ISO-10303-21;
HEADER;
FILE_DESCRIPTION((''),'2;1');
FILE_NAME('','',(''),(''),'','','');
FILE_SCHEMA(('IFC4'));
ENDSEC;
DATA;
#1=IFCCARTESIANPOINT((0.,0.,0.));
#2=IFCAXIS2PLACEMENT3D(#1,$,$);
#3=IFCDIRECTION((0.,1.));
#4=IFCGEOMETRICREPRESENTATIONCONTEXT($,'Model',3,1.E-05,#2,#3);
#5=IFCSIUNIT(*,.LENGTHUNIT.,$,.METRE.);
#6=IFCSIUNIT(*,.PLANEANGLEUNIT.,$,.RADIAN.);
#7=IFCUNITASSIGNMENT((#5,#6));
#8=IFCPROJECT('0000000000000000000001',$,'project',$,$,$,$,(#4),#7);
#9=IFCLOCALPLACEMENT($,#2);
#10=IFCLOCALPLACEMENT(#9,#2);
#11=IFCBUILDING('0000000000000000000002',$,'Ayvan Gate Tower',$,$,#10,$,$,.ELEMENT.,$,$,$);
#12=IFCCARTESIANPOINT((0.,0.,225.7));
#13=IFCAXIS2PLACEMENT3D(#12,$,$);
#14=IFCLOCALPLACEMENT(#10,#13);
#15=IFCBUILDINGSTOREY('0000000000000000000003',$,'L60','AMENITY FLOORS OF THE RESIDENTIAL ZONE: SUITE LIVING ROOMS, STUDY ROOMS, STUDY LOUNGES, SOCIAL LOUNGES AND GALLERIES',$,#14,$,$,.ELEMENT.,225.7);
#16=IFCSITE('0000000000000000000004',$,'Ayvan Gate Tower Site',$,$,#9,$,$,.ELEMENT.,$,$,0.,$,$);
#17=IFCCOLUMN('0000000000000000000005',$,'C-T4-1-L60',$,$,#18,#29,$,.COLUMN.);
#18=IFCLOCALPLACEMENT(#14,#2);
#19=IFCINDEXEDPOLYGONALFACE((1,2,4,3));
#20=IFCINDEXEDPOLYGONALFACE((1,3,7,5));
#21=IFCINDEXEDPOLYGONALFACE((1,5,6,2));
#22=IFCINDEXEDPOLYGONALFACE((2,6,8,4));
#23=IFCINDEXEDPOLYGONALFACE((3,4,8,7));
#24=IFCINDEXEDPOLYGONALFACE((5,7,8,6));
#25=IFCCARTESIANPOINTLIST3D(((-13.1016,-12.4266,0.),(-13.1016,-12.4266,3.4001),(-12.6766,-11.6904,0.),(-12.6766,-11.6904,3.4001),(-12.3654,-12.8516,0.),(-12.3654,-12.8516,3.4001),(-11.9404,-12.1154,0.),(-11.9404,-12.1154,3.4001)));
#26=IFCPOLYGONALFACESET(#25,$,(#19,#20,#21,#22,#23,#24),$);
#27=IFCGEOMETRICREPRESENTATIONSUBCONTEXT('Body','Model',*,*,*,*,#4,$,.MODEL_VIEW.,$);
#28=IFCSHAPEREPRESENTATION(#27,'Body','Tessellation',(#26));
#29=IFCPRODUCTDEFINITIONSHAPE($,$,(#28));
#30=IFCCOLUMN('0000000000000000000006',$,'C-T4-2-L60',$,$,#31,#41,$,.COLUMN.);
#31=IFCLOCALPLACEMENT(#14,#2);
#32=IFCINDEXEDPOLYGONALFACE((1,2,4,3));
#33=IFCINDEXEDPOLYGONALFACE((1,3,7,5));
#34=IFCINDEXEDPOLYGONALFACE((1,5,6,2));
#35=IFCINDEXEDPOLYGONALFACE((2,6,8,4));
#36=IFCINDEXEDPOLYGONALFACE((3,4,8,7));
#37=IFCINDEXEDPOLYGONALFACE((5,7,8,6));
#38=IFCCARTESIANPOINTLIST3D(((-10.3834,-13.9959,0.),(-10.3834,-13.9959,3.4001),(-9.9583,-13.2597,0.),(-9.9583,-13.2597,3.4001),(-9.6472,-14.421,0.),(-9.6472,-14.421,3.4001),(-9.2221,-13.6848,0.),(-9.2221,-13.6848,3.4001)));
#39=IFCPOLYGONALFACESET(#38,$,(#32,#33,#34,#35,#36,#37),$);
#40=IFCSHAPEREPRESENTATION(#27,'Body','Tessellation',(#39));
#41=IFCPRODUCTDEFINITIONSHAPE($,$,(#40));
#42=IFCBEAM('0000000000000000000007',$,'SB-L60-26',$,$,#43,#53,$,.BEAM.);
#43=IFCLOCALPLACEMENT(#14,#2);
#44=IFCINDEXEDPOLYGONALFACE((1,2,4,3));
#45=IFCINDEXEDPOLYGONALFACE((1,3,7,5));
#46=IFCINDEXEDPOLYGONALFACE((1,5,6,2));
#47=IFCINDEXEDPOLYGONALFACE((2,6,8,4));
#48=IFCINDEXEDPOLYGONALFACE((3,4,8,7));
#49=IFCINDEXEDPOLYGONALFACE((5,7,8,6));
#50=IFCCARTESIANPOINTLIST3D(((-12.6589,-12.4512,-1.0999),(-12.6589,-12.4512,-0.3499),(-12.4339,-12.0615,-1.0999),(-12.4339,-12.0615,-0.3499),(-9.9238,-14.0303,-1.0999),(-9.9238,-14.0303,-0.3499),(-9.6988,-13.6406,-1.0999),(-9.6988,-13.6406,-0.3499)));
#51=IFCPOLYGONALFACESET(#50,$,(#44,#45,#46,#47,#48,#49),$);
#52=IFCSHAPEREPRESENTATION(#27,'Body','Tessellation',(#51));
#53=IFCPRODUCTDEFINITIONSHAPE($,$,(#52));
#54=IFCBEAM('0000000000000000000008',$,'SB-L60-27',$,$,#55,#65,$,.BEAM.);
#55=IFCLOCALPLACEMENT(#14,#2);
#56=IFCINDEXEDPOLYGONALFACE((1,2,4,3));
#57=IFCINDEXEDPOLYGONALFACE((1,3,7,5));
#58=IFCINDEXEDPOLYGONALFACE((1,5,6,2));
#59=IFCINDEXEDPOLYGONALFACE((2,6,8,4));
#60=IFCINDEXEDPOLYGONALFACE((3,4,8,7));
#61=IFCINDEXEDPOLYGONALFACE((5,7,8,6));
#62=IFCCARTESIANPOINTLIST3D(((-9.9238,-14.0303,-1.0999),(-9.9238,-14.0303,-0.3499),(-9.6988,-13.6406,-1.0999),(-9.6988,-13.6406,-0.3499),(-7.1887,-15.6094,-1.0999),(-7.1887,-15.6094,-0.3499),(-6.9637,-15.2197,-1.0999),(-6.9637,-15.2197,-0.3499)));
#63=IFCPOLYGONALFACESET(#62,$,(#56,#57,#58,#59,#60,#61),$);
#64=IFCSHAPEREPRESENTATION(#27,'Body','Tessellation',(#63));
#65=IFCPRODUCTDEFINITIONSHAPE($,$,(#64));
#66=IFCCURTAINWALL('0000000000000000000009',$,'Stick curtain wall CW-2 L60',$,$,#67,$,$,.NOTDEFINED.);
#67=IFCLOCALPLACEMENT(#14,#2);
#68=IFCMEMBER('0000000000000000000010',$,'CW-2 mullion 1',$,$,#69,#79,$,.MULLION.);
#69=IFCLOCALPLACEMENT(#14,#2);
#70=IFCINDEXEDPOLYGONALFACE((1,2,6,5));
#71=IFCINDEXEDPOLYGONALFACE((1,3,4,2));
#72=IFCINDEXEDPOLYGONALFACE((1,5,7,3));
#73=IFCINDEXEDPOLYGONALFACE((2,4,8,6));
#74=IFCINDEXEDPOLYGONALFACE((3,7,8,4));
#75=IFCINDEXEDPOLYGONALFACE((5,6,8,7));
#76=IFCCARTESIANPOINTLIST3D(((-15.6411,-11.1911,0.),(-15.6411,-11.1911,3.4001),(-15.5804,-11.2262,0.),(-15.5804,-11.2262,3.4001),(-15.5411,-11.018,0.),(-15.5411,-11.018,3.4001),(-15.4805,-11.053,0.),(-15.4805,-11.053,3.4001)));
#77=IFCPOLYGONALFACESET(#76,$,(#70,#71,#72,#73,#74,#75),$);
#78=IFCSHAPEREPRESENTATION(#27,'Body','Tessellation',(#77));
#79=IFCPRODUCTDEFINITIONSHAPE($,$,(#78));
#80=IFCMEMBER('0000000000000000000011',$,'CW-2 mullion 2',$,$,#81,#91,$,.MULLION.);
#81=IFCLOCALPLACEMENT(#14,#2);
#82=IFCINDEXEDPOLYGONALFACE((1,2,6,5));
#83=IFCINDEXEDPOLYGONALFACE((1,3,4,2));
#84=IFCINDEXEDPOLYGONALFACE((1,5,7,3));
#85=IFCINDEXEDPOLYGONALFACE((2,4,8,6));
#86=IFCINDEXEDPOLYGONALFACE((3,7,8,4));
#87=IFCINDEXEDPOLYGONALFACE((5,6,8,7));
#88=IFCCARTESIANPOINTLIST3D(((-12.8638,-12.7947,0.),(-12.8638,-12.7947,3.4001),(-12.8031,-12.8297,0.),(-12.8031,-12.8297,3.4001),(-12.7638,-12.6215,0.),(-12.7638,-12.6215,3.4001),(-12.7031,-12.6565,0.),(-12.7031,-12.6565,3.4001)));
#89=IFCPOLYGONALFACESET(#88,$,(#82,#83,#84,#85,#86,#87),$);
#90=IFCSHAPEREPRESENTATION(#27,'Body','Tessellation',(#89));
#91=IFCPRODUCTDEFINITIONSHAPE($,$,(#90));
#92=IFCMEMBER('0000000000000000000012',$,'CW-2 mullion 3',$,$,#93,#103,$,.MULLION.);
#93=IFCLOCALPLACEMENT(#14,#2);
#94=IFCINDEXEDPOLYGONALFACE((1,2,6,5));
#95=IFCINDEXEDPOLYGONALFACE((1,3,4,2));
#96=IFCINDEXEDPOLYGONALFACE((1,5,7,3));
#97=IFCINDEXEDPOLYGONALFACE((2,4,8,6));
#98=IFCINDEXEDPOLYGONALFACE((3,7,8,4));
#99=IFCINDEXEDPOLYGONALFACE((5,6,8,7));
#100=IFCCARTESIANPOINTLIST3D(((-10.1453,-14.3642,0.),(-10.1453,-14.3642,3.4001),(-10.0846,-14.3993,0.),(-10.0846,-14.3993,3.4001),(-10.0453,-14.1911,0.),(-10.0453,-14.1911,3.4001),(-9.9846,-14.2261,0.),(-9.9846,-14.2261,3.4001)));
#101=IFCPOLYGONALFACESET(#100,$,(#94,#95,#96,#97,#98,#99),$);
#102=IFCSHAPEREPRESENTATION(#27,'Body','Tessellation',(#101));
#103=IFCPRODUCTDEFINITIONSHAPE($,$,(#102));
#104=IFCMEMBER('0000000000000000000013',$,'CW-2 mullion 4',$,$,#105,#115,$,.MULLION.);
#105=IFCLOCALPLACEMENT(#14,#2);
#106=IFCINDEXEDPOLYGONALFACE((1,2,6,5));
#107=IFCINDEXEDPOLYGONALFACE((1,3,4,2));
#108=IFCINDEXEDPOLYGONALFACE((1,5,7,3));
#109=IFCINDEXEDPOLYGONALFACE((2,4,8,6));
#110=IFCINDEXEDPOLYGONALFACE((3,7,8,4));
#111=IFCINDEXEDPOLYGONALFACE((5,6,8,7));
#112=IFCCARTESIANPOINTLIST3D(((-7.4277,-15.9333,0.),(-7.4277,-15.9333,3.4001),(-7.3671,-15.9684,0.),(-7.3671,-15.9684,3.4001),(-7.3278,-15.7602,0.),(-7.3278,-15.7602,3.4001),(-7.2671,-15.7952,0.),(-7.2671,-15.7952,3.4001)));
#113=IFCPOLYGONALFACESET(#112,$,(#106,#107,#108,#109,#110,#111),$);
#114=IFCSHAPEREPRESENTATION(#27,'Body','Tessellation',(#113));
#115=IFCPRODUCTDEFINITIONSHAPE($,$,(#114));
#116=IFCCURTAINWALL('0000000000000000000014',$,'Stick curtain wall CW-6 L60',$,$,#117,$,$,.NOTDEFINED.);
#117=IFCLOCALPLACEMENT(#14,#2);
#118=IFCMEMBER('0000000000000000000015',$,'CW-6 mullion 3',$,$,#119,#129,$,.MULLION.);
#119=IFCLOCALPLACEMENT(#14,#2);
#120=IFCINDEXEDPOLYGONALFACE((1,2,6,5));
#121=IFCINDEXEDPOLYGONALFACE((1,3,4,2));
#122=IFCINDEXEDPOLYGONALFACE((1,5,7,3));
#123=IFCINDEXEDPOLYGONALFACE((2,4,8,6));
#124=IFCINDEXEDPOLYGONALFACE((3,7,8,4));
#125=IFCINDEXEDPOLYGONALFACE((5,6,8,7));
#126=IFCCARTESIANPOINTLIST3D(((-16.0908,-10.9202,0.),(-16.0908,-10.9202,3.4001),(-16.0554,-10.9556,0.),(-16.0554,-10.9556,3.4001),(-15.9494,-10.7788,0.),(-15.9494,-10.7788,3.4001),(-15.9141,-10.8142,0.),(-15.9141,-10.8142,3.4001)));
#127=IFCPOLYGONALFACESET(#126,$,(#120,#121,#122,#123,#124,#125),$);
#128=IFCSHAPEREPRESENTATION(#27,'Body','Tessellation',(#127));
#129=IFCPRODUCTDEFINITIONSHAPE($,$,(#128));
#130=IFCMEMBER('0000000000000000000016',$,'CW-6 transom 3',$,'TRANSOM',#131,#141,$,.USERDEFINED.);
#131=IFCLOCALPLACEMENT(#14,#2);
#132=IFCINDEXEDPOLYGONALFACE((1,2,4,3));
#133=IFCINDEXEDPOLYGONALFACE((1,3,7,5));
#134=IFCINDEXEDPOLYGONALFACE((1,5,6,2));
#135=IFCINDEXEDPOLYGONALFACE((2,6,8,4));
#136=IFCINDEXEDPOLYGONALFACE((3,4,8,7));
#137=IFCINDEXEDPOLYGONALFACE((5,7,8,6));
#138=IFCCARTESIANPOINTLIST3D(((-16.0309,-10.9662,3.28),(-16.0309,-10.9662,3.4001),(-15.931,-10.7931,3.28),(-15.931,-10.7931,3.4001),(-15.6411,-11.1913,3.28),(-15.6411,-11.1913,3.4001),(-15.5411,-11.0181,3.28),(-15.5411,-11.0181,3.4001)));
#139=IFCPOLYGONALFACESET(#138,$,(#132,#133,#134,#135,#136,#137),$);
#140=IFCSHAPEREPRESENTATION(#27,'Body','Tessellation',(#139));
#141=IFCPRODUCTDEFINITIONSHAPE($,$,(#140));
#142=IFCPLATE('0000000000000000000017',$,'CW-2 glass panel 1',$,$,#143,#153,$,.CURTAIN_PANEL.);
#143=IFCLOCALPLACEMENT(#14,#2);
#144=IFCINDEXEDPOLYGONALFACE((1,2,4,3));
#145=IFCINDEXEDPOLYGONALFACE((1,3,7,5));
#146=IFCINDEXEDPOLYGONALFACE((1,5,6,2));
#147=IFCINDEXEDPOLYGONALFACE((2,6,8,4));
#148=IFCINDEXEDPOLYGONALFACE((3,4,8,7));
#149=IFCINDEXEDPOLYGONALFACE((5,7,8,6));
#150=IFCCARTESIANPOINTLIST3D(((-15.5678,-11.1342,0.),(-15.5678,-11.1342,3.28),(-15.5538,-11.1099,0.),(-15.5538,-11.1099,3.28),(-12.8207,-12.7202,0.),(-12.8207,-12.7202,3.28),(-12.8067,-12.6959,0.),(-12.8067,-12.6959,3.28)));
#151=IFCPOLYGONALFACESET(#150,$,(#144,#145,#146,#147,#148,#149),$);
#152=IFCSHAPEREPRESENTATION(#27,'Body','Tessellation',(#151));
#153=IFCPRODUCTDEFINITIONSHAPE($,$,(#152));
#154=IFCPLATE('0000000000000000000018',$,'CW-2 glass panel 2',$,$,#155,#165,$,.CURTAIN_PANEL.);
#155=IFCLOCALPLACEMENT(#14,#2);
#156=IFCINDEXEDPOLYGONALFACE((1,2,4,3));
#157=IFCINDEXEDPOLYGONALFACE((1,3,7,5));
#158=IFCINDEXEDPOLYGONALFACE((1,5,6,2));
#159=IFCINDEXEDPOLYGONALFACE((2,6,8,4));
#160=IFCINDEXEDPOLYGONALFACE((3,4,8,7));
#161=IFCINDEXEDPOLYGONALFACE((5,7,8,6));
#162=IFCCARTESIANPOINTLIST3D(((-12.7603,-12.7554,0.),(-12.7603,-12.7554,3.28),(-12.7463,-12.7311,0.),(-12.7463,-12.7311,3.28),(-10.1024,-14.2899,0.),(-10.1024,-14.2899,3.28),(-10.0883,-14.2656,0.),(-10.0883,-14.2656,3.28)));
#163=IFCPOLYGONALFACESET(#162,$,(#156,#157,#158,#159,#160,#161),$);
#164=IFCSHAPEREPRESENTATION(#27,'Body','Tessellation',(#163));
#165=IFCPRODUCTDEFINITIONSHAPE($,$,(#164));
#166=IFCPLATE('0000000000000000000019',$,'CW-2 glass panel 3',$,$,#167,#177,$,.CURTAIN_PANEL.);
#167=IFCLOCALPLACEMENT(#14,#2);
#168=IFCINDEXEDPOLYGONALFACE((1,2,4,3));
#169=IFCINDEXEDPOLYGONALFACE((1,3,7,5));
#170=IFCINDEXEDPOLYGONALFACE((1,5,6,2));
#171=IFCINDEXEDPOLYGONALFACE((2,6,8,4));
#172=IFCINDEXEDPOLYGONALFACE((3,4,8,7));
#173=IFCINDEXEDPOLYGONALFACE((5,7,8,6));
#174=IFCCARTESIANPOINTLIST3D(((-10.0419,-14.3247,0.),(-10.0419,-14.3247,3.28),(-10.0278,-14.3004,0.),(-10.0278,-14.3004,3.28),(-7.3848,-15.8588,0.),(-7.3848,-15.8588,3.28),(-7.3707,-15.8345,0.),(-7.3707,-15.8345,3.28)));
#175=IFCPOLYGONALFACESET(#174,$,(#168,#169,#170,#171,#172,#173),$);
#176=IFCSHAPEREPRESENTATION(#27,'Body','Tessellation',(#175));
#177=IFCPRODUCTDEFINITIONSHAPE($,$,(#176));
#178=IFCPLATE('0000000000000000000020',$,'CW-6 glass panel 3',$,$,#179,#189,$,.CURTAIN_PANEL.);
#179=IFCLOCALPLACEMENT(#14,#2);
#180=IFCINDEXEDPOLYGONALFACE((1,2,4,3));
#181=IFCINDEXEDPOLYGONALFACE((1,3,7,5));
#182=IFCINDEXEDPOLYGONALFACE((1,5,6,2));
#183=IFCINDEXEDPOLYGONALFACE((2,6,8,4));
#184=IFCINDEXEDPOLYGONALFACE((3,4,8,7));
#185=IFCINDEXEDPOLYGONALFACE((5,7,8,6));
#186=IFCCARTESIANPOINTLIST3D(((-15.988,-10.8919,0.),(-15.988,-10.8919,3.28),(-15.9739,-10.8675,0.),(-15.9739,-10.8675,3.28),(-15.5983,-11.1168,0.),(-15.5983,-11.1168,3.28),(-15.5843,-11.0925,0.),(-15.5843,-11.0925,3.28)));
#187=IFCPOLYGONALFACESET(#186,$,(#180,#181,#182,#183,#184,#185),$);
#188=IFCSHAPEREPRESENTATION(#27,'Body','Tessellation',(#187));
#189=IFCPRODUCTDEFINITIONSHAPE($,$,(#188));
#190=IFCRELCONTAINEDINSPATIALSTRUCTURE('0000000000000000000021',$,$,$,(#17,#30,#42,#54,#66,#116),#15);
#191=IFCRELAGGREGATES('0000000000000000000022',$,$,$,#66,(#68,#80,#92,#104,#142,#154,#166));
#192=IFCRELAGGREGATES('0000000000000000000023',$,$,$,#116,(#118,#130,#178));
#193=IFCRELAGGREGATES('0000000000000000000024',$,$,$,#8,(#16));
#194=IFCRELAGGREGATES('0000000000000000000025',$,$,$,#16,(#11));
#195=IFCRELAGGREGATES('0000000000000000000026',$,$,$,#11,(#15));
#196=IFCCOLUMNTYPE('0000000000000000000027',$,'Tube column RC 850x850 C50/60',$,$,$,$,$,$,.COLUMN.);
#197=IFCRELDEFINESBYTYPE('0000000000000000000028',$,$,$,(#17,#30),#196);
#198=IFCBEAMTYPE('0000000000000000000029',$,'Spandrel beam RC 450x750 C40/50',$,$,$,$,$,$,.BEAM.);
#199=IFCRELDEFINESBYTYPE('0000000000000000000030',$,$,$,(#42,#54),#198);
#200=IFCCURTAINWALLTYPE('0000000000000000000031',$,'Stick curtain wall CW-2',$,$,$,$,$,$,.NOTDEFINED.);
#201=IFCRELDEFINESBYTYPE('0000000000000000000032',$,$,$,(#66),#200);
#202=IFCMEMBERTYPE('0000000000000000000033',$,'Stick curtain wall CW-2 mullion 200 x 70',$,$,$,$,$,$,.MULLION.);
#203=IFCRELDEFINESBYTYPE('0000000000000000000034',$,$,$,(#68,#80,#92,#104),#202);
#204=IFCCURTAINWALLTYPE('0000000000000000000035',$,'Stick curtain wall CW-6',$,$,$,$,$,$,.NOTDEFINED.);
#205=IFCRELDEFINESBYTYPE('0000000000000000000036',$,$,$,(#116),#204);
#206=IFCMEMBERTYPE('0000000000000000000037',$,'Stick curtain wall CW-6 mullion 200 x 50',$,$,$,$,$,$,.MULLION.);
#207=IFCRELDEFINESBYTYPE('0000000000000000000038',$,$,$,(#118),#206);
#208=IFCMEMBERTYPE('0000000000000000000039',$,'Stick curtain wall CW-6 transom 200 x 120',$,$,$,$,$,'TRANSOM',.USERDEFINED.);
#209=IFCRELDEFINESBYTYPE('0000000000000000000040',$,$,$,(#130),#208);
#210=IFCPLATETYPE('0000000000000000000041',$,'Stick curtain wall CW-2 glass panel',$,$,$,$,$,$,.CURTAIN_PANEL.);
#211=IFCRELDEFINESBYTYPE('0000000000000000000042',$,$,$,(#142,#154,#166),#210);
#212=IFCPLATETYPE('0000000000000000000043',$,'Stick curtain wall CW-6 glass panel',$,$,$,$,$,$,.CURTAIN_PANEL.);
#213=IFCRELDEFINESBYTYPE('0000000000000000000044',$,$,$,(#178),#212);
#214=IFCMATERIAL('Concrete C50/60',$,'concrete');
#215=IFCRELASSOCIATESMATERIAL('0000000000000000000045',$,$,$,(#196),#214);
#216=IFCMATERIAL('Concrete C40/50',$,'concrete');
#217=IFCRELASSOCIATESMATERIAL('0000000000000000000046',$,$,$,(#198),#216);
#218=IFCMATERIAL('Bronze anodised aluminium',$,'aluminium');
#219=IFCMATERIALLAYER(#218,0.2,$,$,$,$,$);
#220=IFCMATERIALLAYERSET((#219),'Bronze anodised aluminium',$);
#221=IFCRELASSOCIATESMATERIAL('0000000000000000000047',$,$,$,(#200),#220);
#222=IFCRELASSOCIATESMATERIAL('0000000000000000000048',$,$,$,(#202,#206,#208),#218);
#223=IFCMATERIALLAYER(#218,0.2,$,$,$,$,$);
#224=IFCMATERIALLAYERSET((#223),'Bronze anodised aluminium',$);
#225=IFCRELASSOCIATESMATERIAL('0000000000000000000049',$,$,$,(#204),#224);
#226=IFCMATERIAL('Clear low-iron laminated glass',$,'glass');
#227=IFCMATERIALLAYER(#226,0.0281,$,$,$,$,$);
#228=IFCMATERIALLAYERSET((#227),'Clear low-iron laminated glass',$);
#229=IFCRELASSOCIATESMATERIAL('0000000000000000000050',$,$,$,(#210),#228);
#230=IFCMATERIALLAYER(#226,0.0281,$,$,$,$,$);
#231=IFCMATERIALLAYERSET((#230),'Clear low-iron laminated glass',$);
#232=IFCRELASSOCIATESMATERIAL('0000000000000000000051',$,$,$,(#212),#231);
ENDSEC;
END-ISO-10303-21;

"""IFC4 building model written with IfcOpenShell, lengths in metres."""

from ifc_helpers import new_model, si_unit, direction, frame, origin, origin_2d, place, context, subcontext, project, spatial, rectangle, extrude, material, layer, layer_set, material_profile, profile_set, type_object, element, aggregate, save


model = new_model("IFC4")

# Units and contexts
model_context = context("Model", 3, precision=1e-05, world=origin(), true_north=direction((0.0, 1.0)))
body_context = subcontext(model_context, "Body", "Model", "MODEL_VIEW")
ifc_project = project(units=[si_unit("LENGTHUNIT", "METRE"), si_unit("PLANEANGLEUNIT", "RADIAN")], contexts=[model_context])

# Site, building, storey
site_placement = place(None, origin())
site = spatial("IfcSite", under=ifc_project, at=site_placement, Name="Ayvan Gate Tower Site", CompositionType="ELEMENT", RefElevation=0.0)
building_placement = place(site_placement, origin())
building = spatial("IfcBuilding", under=site, at=building_placement, Name="Ayvan Gate Tower", CompositionType="ELEMENT")
storey_placement = place(building_placement, frame((0.0, 0.0, 225.7)))
storey = spatial("IfcBuildingStorey", under=building, at=storey_placement, Name="L60", Description="AMENITY FLOORS OF THE RESIDENTIAL ZONE: SUITE LIVING ROOMS, STUDY ROOMS, STUDY LOUNGES, SOCIAL LOUNGES AND GALLERIES", CompositionType="ELEMENT", Elevation=225.7)

# Columns
ifc_material_1 = material(Name="Concrete C50/60", Category="concrete")
ifc_material_profile_1 = material_profile(ifc_material_1, rectangle(XDim=0.8501, YDim=0.8501, at=origin_2d()), Name="RC 850x850")
ifc_profile_set_1 = profile_set([ifc_material_profile_1], Name="Concrete C50/60")
column_type = type_object("IfcColumnType", Name="Tube column RC 850x850 C50/60", PredefinedType="COLUMN", material=ifc_profile_set_1)
for number, where, z_axis, x_axis, name in (
    (1, (-12.521, -12.271, 0.0), (0.0, 0.0, 1.0), (-0.5, -0.866025, 0.0), "C-T4-1-L60"),
    (2, (-9.8027, -13.8403, 0.0), (0.0, 0.0, 1.0), (-0.5, -0.866025, 0.0), "C-T4-2-L60"),
):
    element("IfcColumn", number, at=place(storey_placement, frame(where, z_axis=z_axis, x_axis=x_axis)), inside=storey, type_object=column_type, Name=name, PredefinedType="COLUMN", context=body_context, shape_type="SweptSolid", body=[
        extrude(rectangle(XDim=0.8501, YDim=0.8501, at=origin_2d()), origin(), (0.0, 0.0, 1.0), 3.4001),
    ])

# Beams
ifc_material_2 = material(Name="Concrete C40/50", Category="concrete")
ifc_material_profile_2 = material_profile(ifc_material_2, rectangle(XDim=0.45, YDim=0.75, at=origin_2d()), Name="RC 450x750")
ifc_profile_set_2 = profile_set([ifc_material_profile_2], Name="Concrete C40/50")
beam_type = type_object("IfcBeamType", Name="Spandrel beam RC 450x750 C40/50", PredefinedType="BEAM", material=ifc_profile_set_2)
for number, where, z_axis, x_axis, name in (
    (3, (-12.5464, -12.2563, -0.7249), (0.866027, -0.499997, 0.0), (0.499997, 0.866027, 0.0), "SB-L60-26"),
    (4, (-9.8113, -13.8354, -0.7249), (0.866027, -0.499997, 0.0), (0.499997, 0.866027, 0.0), "SB-L60-27"),
):
    element("IfcBeam", number, at=place(storey_placement, frame(where, z_axis=z_axis, x_axis=x_axis)), inside=storey, type_object=beam_type, Name=name, PredefinedType="BEAM", context=body_context, shape_type="SweptSolid", body=[
        extrude(rectangle(XDim=0.45, YDim=0.75, at=origin_2d()), origin(), (0.0, 0.0, 1.0), 3.1582),
    ])

# Curtain walls, members
ifc_material_3 = material(Name="Bronze anodised aluminium", Category="aluminium")
ifc_layer_1 = layer(ifc_material_3, 0.2)
ifc_layer_set_1 = layer_set([ifc_layer_1], Name="Bronze anodised aluminium")
curtain_wall_type_1 = type_object("IfcCurtainWallType", Name="Stick curtain wall CW-2", PredefinedType="NOTDEFINED", material=ifc_layer_set_1)
curtain_wall_1_placement = place(storey_placement, origin())
curtain_wall_1 = element("IfcCurtainWall", 5, at=curtain_wall_1_placement, inside=storey, type_object=curtain_wall_type_1, Name="Stick curtain wall CW-2 L60", PredefinedType="NOTDEFINED")
ifc_material_profile_3 = material_profile(ifc_material_3, rectangle(XDim=0.2, YDim=0.0701, at=origin_2d()), Name="Stick curtain wall CW-2 mullion 200 x 70")
ifc_profile_set_3 = profile_set([ifc_material_profile_3], Name="Bronze anodised aluminium")
member_type_1 = type_object("IfcMemberType", Name="Stick curtain wall CW-2 mullion 200 x 70", PredefinedType="MULLION", material=ifc_profile_set_3)
member_1_placement = place(storey_placement, frame((-15.5608, -11.1221, 0.0), z_axis=(0.0, 0.0, 1.0), x_axis=(-0.5, -0.866025, 0.0)))
member_1 = element("IfcMember", 6, at=member_1_placement, type_object=member_type_1, Name="CW-2 mullion 1", PredefinedType="MULLION", context=body_context, shape_type="SweptSolid", body=[
    extrude(rectangle(XDim=0.2, YDim=0.0701, at=origin_2d()), origin(), (0.0, 0.0, 1.0), 3.4001),
])
member_2_placement = place(storey_placement, frame((-12.7834, -12.7256, 0.0), z_axis=(0.0, 0.0, 1.0), x_axis=(-0.5, -0.866025, 0.0)))
member_2 = element("IfcMember", 7, at=member_2_placement, type_object=member_type_1, Name="CW-2 mullion 2", PredefinedType="MULLION", context=body_context, shape_type="SweptSolid", body=[
    extrude(rectangle(XDim=0.2, YDim=0.0701, at=origin_2d()), origin(), (0.0, 0.0, 1.0), 3.4001),
])
member_3_placement = place(storey_placement, frame((-10.0649, -14.2952, 0.0), z_axis=(0.0, 0.0, 1.0), x_axis=(-0.5, -0.866025, 0.0)))
member_3 = element("IfcMember", 8, at=member_3_placement, type_object=member_type_1, Name="CW-2 mullion 3", PredefinedType="MULLION", context=body_context, shape_type="SweptSolid", body=[
    extrude(rectangle(XDim=0.2, YDim=0.0701, at=origin_2d()), origin(), (0.0, 0.0, 1.0), 3.4001),
])
member_4_placement = place(storey_placement, frame((-7.3474, -15.8643, 0.0), z_axis=(0.0, 0.0, 1.0), x_axis=(-0.5, -0.866025, 0.0)))
member_4 = element("IfcMember", 9, at=member_4_placement, type_object=member_type_1, Name="CW-2 mullion 4", PredefinedType="MULLION", context=body_context, shape_type="SweptSolid", body=[
    extrude(rectangle(XDim=0.2, YDim=0.0701, at=origin_2d()), origin(), (0.0, 0.0, 1.0), 3.4001),
])
ifc_layer_2 = layer(ifc_material_3, 0.2)
ifc_layer_set_2 = layer_set([ifc_layer_2], Name="Bronze anodised aluminium")
curtain_wall_type_2 = type_object("IfcCurtainWallType", Name="Stick curtain wall CW-6", PredefinedType="NOTDEFINED", material=ifc_layer_set_2)
curtain_wall_2_placement = place(storey_placement, origin())
curtain_wall_2 = element("IfcCurtainWall", 10, at=curtain_wall_2_placement, inside=storey, type_object=curtain_wall_type_2, Name="Stick curtain wall CW-6 L60", PredefinedType="NOTDEFINED")
ifc_material_profile_4 = material_profile(ifc_material_3, rectangle(XDim=0.2, YDim=0.05, at=origin_2d()), Name="Stick curtain wall CW-6 mullion 200 x 50")
ifc_profile_set_4 = profile_set([ifc_material_profile_4], Name="Bronze anodised aluminium")
member_type_2 = type_object("IfcMemberType", Name="Stick curtain wall CW-6 mullion 200 x 50", PredefinedType="MULLION", material=ifc_profile_set_4)
member_5_placement = place(storey_placement, frame((-16.0024, -10.8672, 0.0), z_axis=(0.0, 0.0, 1.0), x_axis=(-0.707107, -0.707107, 0.0)))
member_5 = element("IfcMember", 11, at=member_5_placement, type_object=member_type_2, Name="CW-6 mullion 3", PredefinedType="MULLION", context=body_context, shape_type="SweptSolid", body=[
    extrude(rectangle(XDim=0.2, YDim=0.05, at=origin_2d()), origin(), (0.0, 0.0, 1.0), 3.4001),
])
ifc_material_profile_5 = material_profile(ifc_material_3, rectangle(XDim=0.2, YDim=0.1201, at=origin_2d()), Name="Stick curtain wall CW-6 transom 200 x 120")
ifc_profile_set_5 = profile_set([ifc_material_profile_5], Name="Bronze anodised aluminium")
member_type_3 = type_object("IfcMemberType", Name="Stick curtain wall CW-6 transom 200 x 120", ElementType="TRANSOM", PredefinedType="USERDEFINED", material=ifc_profile_set_5)
member_6_placement = place(storey_placement, frame((-15.981, -10.8796, 3.3401), z_axis=(0.866032, -0.499988, 0.0), x_axis=(0.499988, 0.866032, 0.0)))
member_6 = element("IfcMember", 12, at=member_6_placement, type_object=member_type_3, Name="CW-6 transom 3", ObjectType="TRANSOM", PredefinedType="USERDEFINED", context=body_context, shape_type="SweptSolid", body=[
    extrude(rectangle(XDim=0.2, YDim=0.1201, at=origin_2d()), origin(), (0.0, 0.0, 1.0), 0.4502),
])

# Plates
ifc_material_4 = material(Name="Clear low-iron laminated glass", Category="glass")
ifc_layer_3 = layer(ifc_material_4, 0.0281)
ifc_layer_set_3 = layer_set([ifc_layer_3], Name="Clear low-iron laminated glass")
plate_type_1 = type_object("IfcPlateType", Name="Stick curtain wall CW-2 glass panel", PredefinedType="CURTAIN_PANEL", material=ifc_layer_set_3)
plate_1_placement = place(storey_placement, frame((-14.1873, -11.915, 0.0), z_axis=(0.0, 0.0, 1.0), x_axis=(0.866025, -0.5, 0.0)))
plate_1 = element("IfcPlate", 13, at=plate_1_placement, type_object=plate_type_1, Name="CW-2 glass panel 1", PredefinedType="CURTAIN_PANEL", context=body_context, shape_type="SweptSolid", body=[
    extrude(rectangle(XDim=3.1721, YDim=0.0281, at=origin_2d()), origin(), (0.0, 0.0, 1.0), 3.28),
])
plate_2_placement = place(storey_placement, frame((-11.4243, -13.5105, 0.0), z_axis=(0.0, 0.0, 1.0), x_axis=(0.866025, -0.5, 0.0)))
plate_2 = element("IfcPlate", 14, at=plate_2_placement, type_object=plate_type_1, Name="CW-2 glass panel 2", PredefinedType="CURTAIN_PANEL", context=body_context, shape_type="SweptSolid", body=[
    extrude(rectangle(XDim=3.0691, YDim=0.0281, at=origin_2d()), origin(), (0.0, 0.0, 1.0), 3.28),
])
plate_3_placement = place(storey_placement, frame((-8.7063, -15.0796, 0.0), z_axis=(0.0, 0.0, 1.0), x_axis=(0.866025, -0.5, 0.0)))
plate_3 = element("IfcPlate", 15, at=plate_3_placement, type_object=plate_type_1, Name="CW-2 glass panel 3", PredefinedType="CURTAIN_PANEL", context=body_context, shape_type="SweptSolid", body=[
    extrude(rectangle(XDim=3.0681, YDim=0.0281, at=origin_2d()), origin(), (0.0, 0.0, 1.0), 3.28),
])
aggregate(curtain_wall_1, [member_1, member_2, member_3, member_4, plate_1, plate_2, plate_3])
ifc_layer_4 = layer(ifc_material_4, 0.0281)
ifc_layer_set_4 = layer_set([ifc_layer_4], Name="Clear low-iron laminated glass")
plate_type_2 = type_object("IfcPlateType", Name="Stick curtain wall CW-6 glass panel", PredefinedType="CURTAIN_PANEL", material=ifc_layer_set_4)
plate_4_placement = place(storey_placement, frame((-15.7861, -10.9922, 0.0), z_axis=(0.0, 0.0, 1.0), x_axis=(0.866025, -0.5, 0.0)))
plate_4 = element("IfcPlate", 16, at=plate_4_placement, type_object=plate_type_2, Name="CW-6 glass panel 3", PredefinedType="CURTAIN_PANEL", context=body_context, shape_type="SweptSolid", body=[
    extrude(rectangle(XDim=0.45, YDim=0.0281, at=origin_2d()), origin(), (0.0, 0.0, 1.0), 3.28),
])
aggregate(curtain_wall_2, [member_5, member_6, plate_4])

save(model, "model.ifc")
